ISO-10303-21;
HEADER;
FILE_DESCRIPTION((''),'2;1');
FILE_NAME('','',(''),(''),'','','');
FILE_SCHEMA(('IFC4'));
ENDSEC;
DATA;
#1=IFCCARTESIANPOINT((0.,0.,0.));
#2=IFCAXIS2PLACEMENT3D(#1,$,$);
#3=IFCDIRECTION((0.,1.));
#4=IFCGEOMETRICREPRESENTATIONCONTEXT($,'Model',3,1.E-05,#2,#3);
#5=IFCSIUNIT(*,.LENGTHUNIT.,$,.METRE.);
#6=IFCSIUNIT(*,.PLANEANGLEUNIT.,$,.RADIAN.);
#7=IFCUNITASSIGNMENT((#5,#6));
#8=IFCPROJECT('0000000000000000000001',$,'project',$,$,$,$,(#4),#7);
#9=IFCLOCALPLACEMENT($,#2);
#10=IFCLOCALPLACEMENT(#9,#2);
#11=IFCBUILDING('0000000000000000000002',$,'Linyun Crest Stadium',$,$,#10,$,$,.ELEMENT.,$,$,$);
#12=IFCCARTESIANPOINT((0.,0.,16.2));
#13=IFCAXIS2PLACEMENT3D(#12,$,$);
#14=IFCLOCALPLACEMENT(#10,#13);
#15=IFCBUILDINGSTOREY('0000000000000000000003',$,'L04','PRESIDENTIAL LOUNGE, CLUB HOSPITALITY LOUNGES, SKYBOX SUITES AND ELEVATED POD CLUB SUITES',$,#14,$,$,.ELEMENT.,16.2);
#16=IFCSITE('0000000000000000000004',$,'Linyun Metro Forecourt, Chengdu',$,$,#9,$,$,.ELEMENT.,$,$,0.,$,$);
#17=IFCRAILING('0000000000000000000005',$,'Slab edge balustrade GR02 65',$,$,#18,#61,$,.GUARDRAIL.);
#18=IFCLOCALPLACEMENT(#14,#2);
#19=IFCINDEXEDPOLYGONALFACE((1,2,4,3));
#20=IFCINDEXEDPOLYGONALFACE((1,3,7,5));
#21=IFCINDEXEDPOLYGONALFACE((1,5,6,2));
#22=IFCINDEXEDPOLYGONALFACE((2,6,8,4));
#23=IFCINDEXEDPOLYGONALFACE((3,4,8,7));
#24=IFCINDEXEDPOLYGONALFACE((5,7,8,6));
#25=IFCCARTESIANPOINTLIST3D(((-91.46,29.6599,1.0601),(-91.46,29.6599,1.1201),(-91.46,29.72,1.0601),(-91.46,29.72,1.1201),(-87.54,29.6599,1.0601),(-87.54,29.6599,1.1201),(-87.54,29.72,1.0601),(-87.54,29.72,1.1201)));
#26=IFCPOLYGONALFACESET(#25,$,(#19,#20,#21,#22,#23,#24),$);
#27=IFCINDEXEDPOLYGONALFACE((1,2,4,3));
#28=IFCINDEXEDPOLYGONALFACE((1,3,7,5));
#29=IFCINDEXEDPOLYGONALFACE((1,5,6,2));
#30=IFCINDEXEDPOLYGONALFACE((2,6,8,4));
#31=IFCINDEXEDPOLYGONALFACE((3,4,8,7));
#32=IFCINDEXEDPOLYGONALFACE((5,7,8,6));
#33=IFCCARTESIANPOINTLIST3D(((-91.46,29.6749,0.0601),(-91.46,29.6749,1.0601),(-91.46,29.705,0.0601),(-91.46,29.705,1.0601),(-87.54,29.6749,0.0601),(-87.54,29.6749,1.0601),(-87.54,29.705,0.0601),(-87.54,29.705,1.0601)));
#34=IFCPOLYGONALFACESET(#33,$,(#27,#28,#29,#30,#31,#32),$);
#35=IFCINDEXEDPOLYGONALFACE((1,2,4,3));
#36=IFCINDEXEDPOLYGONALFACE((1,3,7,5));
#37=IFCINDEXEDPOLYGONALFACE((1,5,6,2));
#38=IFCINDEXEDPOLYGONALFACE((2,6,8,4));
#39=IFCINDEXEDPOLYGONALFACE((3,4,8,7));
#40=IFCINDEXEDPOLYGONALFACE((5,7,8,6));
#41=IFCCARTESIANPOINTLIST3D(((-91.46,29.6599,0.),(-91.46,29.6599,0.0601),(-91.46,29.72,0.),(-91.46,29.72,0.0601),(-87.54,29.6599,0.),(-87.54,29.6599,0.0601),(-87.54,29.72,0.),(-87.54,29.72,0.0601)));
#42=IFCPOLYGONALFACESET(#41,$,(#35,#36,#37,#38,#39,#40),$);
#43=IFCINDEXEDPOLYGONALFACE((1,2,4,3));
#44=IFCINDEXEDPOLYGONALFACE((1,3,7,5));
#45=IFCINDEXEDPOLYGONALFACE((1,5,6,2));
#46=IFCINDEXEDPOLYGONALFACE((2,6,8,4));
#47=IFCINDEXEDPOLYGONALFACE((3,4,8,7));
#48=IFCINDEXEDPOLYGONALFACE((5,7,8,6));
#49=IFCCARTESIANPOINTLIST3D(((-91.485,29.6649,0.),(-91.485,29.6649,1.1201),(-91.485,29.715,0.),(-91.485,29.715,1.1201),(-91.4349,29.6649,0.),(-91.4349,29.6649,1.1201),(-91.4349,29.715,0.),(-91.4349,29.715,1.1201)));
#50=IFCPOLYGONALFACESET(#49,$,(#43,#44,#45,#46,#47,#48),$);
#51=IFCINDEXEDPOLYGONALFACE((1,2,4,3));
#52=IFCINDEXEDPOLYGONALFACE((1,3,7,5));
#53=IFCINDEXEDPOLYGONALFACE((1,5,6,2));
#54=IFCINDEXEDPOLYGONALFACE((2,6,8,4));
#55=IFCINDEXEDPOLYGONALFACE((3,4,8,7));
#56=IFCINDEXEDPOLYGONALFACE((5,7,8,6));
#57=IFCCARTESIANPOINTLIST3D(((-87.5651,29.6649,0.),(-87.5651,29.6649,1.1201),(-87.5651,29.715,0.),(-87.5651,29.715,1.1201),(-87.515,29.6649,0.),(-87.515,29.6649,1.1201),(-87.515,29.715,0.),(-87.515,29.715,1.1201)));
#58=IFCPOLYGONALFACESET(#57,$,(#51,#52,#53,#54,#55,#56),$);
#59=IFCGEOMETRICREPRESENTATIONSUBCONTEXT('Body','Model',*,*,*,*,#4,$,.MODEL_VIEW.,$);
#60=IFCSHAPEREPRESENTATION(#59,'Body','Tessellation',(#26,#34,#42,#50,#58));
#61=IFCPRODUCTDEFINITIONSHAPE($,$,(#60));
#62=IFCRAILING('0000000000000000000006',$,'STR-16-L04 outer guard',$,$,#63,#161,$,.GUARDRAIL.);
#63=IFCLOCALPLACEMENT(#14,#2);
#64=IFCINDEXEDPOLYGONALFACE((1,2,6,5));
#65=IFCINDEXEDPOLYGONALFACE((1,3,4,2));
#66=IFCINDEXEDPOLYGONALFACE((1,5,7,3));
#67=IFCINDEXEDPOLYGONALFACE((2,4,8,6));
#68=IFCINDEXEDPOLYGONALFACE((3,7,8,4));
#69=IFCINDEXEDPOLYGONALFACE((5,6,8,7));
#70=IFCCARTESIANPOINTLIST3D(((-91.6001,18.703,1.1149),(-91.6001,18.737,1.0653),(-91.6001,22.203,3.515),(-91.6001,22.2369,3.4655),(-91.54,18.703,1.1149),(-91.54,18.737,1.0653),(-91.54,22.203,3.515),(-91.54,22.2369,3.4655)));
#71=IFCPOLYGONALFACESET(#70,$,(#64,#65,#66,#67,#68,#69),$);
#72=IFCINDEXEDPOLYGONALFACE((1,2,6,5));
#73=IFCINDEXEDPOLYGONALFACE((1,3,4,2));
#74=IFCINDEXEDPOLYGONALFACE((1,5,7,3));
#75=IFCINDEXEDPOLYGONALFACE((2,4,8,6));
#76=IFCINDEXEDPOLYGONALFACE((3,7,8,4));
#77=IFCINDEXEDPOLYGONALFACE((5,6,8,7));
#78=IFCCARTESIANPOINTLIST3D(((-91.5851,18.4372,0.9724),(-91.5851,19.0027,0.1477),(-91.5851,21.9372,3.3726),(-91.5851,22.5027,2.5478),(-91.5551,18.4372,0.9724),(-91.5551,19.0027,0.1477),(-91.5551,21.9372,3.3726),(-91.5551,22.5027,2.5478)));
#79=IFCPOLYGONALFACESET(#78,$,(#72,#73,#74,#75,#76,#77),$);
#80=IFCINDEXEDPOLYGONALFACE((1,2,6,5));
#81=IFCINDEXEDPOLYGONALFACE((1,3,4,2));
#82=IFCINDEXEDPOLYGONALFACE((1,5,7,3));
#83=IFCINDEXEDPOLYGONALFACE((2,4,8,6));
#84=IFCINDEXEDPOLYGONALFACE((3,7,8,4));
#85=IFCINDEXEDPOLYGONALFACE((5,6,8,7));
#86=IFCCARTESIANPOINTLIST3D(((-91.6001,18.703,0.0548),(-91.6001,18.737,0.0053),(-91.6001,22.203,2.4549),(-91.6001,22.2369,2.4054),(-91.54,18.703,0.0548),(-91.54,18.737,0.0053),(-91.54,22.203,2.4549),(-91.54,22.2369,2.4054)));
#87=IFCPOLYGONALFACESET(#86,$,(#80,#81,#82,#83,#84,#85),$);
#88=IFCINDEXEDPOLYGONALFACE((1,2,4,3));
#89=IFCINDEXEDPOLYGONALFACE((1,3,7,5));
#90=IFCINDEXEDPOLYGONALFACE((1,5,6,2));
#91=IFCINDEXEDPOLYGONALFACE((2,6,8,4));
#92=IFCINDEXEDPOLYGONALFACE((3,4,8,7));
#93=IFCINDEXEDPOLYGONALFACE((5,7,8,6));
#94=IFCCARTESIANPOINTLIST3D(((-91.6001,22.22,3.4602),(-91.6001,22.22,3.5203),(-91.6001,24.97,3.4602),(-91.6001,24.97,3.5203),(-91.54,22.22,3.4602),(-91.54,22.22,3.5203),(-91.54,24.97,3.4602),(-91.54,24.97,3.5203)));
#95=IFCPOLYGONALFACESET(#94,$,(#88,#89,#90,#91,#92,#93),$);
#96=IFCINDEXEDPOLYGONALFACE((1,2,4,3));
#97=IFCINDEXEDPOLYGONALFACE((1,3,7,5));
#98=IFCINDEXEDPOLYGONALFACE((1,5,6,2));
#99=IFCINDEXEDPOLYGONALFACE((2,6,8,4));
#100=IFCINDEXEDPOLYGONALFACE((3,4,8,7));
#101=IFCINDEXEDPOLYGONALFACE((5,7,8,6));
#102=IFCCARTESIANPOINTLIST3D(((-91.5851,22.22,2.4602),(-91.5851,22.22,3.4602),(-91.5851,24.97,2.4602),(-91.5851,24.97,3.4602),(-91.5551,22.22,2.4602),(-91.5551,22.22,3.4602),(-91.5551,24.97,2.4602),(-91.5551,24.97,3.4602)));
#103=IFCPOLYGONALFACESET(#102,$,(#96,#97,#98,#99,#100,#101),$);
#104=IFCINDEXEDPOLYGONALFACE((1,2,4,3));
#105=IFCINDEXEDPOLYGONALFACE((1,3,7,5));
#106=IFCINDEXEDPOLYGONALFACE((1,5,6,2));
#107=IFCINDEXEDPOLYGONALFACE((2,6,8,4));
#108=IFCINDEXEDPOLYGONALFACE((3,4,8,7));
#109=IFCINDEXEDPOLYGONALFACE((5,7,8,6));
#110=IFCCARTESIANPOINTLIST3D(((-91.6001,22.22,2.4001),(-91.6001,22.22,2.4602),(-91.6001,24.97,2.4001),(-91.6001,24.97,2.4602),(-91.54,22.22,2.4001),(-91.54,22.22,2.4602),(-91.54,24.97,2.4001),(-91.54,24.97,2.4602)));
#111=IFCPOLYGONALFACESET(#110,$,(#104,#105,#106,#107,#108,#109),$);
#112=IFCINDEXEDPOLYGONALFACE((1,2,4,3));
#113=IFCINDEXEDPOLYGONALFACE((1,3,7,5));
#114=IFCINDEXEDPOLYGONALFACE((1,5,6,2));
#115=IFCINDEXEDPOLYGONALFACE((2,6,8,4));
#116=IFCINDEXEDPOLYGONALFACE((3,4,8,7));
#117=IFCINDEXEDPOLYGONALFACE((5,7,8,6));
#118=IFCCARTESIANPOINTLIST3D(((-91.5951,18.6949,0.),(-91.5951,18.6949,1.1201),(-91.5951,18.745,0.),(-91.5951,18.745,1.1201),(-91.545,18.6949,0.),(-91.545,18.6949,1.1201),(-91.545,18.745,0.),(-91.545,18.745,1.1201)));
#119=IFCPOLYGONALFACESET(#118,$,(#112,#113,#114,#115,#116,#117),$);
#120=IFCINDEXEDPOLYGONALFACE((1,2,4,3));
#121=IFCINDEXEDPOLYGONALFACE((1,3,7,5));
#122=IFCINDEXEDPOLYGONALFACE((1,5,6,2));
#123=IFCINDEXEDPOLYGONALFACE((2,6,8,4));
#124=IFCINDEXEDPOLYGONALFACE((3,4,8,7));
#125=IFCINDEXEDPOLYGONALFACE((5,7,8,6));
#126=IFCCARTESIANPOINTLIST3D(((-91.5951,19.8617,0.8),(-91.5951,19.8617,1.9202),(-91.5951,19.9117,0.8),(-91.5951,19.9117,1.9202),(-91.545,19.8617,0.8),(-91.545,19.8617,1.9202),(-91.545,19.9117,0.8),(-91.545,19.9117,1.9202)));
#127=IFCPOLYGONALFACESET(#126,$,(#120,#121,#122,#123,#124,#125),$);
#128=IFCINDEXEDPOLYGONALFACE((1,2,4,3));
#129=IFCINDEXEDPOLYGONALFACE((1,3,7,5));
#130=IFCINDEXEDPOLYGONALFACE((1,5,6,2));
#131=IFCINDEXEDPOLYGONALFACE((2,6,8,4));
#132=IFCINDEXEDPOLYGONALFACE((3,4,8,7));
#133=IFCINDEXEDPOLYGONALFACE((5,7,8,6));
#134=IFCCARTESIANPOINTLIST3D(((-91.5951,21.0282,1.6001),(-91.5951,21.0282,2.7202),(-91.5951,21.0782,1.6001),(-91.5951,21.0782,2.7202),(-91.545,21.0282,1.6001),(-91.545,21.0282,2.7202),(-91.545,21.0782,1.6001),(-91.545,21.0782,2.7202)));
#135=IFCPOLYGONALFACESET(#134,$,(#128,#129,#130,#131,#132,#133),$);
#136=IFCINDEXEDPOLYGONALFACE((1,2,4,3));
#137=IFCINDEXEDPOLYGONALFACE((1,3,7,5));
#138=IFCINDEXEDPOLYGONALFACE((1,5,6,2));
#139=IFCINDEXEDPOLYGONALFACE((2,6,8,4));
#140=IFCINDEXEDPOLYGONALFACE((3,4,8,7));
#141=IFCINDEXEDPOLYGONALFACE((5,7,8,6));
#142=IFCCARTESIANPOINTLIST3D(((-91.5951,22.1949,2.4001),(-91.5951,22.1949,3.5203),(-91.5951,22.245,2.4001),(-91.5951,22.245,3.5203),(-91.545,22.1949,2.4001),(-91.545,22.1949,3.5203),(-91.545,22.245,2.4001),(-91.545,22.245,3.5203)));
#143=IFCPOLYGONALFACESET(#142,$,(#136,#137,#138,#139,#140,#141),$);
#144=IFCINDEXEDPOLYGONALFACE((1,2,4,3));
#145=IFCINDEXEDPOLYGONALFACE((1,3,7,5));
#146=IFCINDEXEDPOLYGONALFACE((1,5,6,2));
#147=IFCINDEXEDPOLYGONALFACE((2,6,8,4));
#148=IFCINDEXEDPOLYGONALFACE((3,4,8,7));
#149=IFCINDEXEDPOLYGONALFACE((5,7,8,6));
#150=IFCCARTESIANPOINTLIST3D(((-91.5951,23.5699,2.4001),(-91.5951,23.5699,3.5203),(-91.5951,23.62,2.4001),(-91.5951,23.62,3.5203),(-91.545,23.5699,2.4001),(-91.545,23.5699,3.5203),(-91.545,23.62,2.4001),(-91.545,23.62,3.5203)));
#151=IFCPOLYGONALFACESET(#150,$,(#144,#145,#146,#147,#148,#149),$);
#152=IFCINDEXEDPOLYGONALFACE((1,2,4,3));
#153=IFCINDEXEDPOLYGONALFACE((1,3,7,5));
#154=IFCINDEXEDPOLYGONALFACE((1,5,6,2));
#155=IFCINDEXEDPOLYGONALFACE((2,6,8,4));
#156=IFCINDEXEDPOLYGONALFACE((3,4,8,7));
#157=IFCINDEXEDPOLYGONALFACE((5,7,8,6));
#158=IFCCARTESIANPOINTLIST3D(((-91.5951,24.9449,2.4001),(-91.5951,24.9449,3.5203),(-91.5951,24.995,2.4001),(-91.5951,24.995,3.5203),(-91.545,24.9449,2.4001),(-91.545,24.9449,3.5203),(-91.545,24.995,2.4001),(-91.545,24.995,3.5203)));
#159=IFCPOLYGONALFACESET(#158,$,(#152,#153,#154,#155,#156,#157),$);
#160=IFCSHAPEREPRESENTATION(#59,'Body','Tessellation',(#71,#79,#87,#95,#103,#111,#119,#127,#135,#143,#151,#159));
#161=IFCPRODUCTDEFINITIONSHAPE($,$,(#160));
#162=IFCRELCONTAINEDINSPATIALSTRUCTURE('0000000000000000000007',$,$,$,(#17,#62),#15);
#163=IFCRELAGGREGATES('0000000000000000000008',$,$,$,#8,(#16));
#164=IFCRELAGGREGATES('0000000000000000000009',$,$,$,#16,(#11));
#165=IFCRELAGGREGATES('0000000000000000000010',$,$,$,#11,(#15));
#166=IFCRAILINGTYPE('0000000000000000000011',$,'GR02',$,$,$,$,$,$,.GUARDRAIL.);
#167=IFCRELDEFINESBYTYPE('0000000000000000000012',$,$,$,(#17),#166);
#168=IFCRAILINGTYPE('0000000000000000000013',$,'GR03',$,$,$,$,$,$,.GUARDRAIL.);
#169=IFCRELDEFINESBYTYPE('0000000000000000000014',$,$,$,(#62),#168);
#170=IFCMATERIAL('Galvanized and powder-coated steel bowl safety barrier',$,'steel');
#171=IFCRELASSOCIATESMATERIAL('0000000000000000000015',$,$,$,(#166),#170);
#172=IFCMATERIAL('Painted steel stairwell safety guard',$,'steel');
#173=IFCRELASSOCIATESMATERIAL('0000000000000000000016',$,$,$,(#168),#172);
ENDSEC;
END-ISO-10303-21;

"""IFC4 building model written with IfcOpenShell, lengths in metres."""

from ifc_helpers import new_model, si_unit, direction, frame, origin, origin_2d, place, context, subcontext, project, spatial, rectangle, extrude, material, type_object, element, save


model = new_model("IFC4")

# Units and contexts
model_context = context("Model", 3, precision=1e-05, world=origin(), true_north=direction((0.0, 1.0)))
body_context = subcontext(model_context, "Body", "Model", "MODEL_VIEW")
ifc_project = project(units=[si_unit("LENGTHUNIT", "METRE"), si_unit("PLANEANGLEUNIT", "RADIAN")], contexts=[model_context])

# Site, building, storey
site_placement = place(None, origin())
site = spatial("IfcSite", under=ifc_project, at=site_placement, Name="Linyun Metro Forecourt, Chengdu", CompositionType="ELEMENT", RefElevation=0.0)
building_placement = place(site_placement, origin())
building = spatial("IfcBuilding", under=site, at=building_placement, Name="Linyun Crest Stadium", CompositionType="ELEMENT")
storey_placement = place(building_placement, frame((0.0, 0.0, 16.2)))
storey = spatial("IfcBuildingStorey", under=building, at=storey_placement, Name="L04", Description="PRESIDENTIAL LOUNGE, CLUB HOSPITALITY LOUNGES, SKYBOX SUITES AND ELEVATED POD CLUB SUITES", CompositionType="ELEMENT", Elevation=16.2)

# Railings
ifc_material_1 = material(Name="Galvanized and powder-coated steel bowl safety barrier", Category="steel")
railing_type_1 = type_object("IfcRailingType", Name="GR02", PredefinedType="GUARDRAIL", material=ifc_material_1)
for number, where, name in (
    (1, (-91.46, 29.6899, 0.0), "Slab edge balustrade GR02 65"),
):
    element("IfcRailing", number, at=place(storey_placement, frame(where)), inside=storey, type_object=railing_type_1, Name=name, PredefinedType="GUARDRAIL", context=body_context, shape_type="SweptSolid", body=[
        extrude(rectangle(XDim=0.0601, YDim=0.0601, at=origin_2d()), frame((0.0, 0.0, 1.0901), z_axis=(1.0, 0.0, 0.0), x_axis=(0.0, 1.0, 0.0)), (0.0, 0.0, 1.0), 3.9199),
        extrude(rectangle(XDim=0.03, YDim=1.0, at=origin_2d()), frame((0.0, 0.0, 0.5601), z_axis=(1.0, 0.0, 0.0), x_axis=(0.0, 1.0, 0.0)), (0.0, 0.0, 1.0), 3.9199),
        extrude(rectangle(XDim=0.0601, YDim=0.0601, at=origin_2d()), frame((0.0, 0.0, 0.03), z_axis=(1.0, 0.0, 0.0), x_axis=(0.0, 1.0, 0.0)), (0.0, 0.0, 1.0), 3.9199),
        extrude(rectangle(XDim=0.05, YDim=0.05, at=origin_2d()), origin(), (0.0, 0.0, 1.0), 1.1201),
        extrude(rectangle(XDim=0.05, YDim=0.05, at=origin_2d()), frame((3.9199, 0.0, 0.0)), (0.0, 0.0, 1.0), 1.1201),
    ])
ifc_material_2 = material(Name="Painted steel stairwell safety guard", Category="steel")
railing_type_2 = type_object("IfcRailingType", Name="GR03", PredefinedType="GUARDRAIL", material=ifc_material_2)
railing_1_placement = place(storey_placement, frame((-91.5701, 18.72, 0.0)))
element("IfcRailing", 2, at=railing_1_placement, inside=storey, type_object=railing_type_2, Name="STR-16-L04 outer guard", PredefinedType="GUARDRAIL", context=body_context, shape_type="SweptSolid", body=[
    extrude(rectangle(XDim=0.0601, YDim=0.0601, at=origin_2d()), frame((0.0, 0.0, 1.0901), z_axis=(0.0, 0.824713, 0.565552), x_axis=(-1.0, 0.0, 0.0)), (0.0, 0.0, 1.0), 4.2439),
    extrude(rectangle(XDim=0.03, YDim=1.0, at=origin_2d()), frame((0.0, 0.0, 0.5601), z_axis=(0.0, 0.824713, 0.565552), x_axis=(-1.0, 0.0, 0.0)), (0.0, 0.0, 1.0), 4.2439),
    extrude(rectangle(XDim=0.0601, YDim=0.0601, at=origin_2d()), frame((0.0, 0.0, 0.03), z_axis=(0.0, 0.824713, 0.565552), x_axis=(-1.0, 0.0, 0.0)), (0.0, 0.0, 1.0), 4.2439),
    extrude(rectangle(XDim=0.0601, YDim=0.0601, at=origin_2d()), frame((0.0, 3.5, 3.4902), z_axis=(0.0, 1.0, 0.0), x_axis=(-1.0, 0.0, 0.0)), (0.0, 0.0, 1.0), 2.75),
    extrude(rectangle(XDim=0.03, YDim=1.0, at=origin_2d()), frame((0.0, 3.5, 2.9602), z_axis=(0.0, 1.0, 0.0), x_axis=(-1.0, 0.0, 0.0)), (0.0, 0.0, 1.0), 2.75),
    extrude(rectangle(XDim=0.0601, YDim=0.0601, at=origin_2d()), frame((0.0, 3.5, 2.4302), z_axis=(0.0, 1.0, 0.0), x_axis=(-1.0, 0.0, 0.0)), (0.0, 0.0, 1.0), 2.75),
    extrude(rectangle(XDim=0.05, YDim=0.05, at=origin_2d()), origin(), (0.0, 0.0, 1.0), 1.1201),
    extrude(rectangle(XDim=0.05, YDim=0.05, at=origin_2d()), frame((0.0, 1.1667, 0.8)), (0.0, 0.0, 1.0), 1.1201),
    extrude(rectangle(XDim=0.05, YDim=0.05, at=origin_2d()), frame((0.0, 2.3333, 1.6001)), (0.0, 0.0, 1.0), 1.1201),
    extrude(rectangle(XDim=0.05, YDim=0.05, at=origin_2d()), frame((0.0, 3.5, 2.4001)), (0.0, 0.0, 1.0), 1.1201),
    extrude(rectangle(XDim=0.05, YDim=0.05, at=origin_2d()), frame((0.0, 4.875, 2.4001)), (0.0, 0.0, 1.0), 1.1201),
    extrude(rectangle(XDim=0.05, YDim=0.05, at=origin_2d()), frame((0.0, 6.25, 2.4001)), (0.0, 0.0, 1.0), 1.1201),
])

save(model, "model.ifc")
